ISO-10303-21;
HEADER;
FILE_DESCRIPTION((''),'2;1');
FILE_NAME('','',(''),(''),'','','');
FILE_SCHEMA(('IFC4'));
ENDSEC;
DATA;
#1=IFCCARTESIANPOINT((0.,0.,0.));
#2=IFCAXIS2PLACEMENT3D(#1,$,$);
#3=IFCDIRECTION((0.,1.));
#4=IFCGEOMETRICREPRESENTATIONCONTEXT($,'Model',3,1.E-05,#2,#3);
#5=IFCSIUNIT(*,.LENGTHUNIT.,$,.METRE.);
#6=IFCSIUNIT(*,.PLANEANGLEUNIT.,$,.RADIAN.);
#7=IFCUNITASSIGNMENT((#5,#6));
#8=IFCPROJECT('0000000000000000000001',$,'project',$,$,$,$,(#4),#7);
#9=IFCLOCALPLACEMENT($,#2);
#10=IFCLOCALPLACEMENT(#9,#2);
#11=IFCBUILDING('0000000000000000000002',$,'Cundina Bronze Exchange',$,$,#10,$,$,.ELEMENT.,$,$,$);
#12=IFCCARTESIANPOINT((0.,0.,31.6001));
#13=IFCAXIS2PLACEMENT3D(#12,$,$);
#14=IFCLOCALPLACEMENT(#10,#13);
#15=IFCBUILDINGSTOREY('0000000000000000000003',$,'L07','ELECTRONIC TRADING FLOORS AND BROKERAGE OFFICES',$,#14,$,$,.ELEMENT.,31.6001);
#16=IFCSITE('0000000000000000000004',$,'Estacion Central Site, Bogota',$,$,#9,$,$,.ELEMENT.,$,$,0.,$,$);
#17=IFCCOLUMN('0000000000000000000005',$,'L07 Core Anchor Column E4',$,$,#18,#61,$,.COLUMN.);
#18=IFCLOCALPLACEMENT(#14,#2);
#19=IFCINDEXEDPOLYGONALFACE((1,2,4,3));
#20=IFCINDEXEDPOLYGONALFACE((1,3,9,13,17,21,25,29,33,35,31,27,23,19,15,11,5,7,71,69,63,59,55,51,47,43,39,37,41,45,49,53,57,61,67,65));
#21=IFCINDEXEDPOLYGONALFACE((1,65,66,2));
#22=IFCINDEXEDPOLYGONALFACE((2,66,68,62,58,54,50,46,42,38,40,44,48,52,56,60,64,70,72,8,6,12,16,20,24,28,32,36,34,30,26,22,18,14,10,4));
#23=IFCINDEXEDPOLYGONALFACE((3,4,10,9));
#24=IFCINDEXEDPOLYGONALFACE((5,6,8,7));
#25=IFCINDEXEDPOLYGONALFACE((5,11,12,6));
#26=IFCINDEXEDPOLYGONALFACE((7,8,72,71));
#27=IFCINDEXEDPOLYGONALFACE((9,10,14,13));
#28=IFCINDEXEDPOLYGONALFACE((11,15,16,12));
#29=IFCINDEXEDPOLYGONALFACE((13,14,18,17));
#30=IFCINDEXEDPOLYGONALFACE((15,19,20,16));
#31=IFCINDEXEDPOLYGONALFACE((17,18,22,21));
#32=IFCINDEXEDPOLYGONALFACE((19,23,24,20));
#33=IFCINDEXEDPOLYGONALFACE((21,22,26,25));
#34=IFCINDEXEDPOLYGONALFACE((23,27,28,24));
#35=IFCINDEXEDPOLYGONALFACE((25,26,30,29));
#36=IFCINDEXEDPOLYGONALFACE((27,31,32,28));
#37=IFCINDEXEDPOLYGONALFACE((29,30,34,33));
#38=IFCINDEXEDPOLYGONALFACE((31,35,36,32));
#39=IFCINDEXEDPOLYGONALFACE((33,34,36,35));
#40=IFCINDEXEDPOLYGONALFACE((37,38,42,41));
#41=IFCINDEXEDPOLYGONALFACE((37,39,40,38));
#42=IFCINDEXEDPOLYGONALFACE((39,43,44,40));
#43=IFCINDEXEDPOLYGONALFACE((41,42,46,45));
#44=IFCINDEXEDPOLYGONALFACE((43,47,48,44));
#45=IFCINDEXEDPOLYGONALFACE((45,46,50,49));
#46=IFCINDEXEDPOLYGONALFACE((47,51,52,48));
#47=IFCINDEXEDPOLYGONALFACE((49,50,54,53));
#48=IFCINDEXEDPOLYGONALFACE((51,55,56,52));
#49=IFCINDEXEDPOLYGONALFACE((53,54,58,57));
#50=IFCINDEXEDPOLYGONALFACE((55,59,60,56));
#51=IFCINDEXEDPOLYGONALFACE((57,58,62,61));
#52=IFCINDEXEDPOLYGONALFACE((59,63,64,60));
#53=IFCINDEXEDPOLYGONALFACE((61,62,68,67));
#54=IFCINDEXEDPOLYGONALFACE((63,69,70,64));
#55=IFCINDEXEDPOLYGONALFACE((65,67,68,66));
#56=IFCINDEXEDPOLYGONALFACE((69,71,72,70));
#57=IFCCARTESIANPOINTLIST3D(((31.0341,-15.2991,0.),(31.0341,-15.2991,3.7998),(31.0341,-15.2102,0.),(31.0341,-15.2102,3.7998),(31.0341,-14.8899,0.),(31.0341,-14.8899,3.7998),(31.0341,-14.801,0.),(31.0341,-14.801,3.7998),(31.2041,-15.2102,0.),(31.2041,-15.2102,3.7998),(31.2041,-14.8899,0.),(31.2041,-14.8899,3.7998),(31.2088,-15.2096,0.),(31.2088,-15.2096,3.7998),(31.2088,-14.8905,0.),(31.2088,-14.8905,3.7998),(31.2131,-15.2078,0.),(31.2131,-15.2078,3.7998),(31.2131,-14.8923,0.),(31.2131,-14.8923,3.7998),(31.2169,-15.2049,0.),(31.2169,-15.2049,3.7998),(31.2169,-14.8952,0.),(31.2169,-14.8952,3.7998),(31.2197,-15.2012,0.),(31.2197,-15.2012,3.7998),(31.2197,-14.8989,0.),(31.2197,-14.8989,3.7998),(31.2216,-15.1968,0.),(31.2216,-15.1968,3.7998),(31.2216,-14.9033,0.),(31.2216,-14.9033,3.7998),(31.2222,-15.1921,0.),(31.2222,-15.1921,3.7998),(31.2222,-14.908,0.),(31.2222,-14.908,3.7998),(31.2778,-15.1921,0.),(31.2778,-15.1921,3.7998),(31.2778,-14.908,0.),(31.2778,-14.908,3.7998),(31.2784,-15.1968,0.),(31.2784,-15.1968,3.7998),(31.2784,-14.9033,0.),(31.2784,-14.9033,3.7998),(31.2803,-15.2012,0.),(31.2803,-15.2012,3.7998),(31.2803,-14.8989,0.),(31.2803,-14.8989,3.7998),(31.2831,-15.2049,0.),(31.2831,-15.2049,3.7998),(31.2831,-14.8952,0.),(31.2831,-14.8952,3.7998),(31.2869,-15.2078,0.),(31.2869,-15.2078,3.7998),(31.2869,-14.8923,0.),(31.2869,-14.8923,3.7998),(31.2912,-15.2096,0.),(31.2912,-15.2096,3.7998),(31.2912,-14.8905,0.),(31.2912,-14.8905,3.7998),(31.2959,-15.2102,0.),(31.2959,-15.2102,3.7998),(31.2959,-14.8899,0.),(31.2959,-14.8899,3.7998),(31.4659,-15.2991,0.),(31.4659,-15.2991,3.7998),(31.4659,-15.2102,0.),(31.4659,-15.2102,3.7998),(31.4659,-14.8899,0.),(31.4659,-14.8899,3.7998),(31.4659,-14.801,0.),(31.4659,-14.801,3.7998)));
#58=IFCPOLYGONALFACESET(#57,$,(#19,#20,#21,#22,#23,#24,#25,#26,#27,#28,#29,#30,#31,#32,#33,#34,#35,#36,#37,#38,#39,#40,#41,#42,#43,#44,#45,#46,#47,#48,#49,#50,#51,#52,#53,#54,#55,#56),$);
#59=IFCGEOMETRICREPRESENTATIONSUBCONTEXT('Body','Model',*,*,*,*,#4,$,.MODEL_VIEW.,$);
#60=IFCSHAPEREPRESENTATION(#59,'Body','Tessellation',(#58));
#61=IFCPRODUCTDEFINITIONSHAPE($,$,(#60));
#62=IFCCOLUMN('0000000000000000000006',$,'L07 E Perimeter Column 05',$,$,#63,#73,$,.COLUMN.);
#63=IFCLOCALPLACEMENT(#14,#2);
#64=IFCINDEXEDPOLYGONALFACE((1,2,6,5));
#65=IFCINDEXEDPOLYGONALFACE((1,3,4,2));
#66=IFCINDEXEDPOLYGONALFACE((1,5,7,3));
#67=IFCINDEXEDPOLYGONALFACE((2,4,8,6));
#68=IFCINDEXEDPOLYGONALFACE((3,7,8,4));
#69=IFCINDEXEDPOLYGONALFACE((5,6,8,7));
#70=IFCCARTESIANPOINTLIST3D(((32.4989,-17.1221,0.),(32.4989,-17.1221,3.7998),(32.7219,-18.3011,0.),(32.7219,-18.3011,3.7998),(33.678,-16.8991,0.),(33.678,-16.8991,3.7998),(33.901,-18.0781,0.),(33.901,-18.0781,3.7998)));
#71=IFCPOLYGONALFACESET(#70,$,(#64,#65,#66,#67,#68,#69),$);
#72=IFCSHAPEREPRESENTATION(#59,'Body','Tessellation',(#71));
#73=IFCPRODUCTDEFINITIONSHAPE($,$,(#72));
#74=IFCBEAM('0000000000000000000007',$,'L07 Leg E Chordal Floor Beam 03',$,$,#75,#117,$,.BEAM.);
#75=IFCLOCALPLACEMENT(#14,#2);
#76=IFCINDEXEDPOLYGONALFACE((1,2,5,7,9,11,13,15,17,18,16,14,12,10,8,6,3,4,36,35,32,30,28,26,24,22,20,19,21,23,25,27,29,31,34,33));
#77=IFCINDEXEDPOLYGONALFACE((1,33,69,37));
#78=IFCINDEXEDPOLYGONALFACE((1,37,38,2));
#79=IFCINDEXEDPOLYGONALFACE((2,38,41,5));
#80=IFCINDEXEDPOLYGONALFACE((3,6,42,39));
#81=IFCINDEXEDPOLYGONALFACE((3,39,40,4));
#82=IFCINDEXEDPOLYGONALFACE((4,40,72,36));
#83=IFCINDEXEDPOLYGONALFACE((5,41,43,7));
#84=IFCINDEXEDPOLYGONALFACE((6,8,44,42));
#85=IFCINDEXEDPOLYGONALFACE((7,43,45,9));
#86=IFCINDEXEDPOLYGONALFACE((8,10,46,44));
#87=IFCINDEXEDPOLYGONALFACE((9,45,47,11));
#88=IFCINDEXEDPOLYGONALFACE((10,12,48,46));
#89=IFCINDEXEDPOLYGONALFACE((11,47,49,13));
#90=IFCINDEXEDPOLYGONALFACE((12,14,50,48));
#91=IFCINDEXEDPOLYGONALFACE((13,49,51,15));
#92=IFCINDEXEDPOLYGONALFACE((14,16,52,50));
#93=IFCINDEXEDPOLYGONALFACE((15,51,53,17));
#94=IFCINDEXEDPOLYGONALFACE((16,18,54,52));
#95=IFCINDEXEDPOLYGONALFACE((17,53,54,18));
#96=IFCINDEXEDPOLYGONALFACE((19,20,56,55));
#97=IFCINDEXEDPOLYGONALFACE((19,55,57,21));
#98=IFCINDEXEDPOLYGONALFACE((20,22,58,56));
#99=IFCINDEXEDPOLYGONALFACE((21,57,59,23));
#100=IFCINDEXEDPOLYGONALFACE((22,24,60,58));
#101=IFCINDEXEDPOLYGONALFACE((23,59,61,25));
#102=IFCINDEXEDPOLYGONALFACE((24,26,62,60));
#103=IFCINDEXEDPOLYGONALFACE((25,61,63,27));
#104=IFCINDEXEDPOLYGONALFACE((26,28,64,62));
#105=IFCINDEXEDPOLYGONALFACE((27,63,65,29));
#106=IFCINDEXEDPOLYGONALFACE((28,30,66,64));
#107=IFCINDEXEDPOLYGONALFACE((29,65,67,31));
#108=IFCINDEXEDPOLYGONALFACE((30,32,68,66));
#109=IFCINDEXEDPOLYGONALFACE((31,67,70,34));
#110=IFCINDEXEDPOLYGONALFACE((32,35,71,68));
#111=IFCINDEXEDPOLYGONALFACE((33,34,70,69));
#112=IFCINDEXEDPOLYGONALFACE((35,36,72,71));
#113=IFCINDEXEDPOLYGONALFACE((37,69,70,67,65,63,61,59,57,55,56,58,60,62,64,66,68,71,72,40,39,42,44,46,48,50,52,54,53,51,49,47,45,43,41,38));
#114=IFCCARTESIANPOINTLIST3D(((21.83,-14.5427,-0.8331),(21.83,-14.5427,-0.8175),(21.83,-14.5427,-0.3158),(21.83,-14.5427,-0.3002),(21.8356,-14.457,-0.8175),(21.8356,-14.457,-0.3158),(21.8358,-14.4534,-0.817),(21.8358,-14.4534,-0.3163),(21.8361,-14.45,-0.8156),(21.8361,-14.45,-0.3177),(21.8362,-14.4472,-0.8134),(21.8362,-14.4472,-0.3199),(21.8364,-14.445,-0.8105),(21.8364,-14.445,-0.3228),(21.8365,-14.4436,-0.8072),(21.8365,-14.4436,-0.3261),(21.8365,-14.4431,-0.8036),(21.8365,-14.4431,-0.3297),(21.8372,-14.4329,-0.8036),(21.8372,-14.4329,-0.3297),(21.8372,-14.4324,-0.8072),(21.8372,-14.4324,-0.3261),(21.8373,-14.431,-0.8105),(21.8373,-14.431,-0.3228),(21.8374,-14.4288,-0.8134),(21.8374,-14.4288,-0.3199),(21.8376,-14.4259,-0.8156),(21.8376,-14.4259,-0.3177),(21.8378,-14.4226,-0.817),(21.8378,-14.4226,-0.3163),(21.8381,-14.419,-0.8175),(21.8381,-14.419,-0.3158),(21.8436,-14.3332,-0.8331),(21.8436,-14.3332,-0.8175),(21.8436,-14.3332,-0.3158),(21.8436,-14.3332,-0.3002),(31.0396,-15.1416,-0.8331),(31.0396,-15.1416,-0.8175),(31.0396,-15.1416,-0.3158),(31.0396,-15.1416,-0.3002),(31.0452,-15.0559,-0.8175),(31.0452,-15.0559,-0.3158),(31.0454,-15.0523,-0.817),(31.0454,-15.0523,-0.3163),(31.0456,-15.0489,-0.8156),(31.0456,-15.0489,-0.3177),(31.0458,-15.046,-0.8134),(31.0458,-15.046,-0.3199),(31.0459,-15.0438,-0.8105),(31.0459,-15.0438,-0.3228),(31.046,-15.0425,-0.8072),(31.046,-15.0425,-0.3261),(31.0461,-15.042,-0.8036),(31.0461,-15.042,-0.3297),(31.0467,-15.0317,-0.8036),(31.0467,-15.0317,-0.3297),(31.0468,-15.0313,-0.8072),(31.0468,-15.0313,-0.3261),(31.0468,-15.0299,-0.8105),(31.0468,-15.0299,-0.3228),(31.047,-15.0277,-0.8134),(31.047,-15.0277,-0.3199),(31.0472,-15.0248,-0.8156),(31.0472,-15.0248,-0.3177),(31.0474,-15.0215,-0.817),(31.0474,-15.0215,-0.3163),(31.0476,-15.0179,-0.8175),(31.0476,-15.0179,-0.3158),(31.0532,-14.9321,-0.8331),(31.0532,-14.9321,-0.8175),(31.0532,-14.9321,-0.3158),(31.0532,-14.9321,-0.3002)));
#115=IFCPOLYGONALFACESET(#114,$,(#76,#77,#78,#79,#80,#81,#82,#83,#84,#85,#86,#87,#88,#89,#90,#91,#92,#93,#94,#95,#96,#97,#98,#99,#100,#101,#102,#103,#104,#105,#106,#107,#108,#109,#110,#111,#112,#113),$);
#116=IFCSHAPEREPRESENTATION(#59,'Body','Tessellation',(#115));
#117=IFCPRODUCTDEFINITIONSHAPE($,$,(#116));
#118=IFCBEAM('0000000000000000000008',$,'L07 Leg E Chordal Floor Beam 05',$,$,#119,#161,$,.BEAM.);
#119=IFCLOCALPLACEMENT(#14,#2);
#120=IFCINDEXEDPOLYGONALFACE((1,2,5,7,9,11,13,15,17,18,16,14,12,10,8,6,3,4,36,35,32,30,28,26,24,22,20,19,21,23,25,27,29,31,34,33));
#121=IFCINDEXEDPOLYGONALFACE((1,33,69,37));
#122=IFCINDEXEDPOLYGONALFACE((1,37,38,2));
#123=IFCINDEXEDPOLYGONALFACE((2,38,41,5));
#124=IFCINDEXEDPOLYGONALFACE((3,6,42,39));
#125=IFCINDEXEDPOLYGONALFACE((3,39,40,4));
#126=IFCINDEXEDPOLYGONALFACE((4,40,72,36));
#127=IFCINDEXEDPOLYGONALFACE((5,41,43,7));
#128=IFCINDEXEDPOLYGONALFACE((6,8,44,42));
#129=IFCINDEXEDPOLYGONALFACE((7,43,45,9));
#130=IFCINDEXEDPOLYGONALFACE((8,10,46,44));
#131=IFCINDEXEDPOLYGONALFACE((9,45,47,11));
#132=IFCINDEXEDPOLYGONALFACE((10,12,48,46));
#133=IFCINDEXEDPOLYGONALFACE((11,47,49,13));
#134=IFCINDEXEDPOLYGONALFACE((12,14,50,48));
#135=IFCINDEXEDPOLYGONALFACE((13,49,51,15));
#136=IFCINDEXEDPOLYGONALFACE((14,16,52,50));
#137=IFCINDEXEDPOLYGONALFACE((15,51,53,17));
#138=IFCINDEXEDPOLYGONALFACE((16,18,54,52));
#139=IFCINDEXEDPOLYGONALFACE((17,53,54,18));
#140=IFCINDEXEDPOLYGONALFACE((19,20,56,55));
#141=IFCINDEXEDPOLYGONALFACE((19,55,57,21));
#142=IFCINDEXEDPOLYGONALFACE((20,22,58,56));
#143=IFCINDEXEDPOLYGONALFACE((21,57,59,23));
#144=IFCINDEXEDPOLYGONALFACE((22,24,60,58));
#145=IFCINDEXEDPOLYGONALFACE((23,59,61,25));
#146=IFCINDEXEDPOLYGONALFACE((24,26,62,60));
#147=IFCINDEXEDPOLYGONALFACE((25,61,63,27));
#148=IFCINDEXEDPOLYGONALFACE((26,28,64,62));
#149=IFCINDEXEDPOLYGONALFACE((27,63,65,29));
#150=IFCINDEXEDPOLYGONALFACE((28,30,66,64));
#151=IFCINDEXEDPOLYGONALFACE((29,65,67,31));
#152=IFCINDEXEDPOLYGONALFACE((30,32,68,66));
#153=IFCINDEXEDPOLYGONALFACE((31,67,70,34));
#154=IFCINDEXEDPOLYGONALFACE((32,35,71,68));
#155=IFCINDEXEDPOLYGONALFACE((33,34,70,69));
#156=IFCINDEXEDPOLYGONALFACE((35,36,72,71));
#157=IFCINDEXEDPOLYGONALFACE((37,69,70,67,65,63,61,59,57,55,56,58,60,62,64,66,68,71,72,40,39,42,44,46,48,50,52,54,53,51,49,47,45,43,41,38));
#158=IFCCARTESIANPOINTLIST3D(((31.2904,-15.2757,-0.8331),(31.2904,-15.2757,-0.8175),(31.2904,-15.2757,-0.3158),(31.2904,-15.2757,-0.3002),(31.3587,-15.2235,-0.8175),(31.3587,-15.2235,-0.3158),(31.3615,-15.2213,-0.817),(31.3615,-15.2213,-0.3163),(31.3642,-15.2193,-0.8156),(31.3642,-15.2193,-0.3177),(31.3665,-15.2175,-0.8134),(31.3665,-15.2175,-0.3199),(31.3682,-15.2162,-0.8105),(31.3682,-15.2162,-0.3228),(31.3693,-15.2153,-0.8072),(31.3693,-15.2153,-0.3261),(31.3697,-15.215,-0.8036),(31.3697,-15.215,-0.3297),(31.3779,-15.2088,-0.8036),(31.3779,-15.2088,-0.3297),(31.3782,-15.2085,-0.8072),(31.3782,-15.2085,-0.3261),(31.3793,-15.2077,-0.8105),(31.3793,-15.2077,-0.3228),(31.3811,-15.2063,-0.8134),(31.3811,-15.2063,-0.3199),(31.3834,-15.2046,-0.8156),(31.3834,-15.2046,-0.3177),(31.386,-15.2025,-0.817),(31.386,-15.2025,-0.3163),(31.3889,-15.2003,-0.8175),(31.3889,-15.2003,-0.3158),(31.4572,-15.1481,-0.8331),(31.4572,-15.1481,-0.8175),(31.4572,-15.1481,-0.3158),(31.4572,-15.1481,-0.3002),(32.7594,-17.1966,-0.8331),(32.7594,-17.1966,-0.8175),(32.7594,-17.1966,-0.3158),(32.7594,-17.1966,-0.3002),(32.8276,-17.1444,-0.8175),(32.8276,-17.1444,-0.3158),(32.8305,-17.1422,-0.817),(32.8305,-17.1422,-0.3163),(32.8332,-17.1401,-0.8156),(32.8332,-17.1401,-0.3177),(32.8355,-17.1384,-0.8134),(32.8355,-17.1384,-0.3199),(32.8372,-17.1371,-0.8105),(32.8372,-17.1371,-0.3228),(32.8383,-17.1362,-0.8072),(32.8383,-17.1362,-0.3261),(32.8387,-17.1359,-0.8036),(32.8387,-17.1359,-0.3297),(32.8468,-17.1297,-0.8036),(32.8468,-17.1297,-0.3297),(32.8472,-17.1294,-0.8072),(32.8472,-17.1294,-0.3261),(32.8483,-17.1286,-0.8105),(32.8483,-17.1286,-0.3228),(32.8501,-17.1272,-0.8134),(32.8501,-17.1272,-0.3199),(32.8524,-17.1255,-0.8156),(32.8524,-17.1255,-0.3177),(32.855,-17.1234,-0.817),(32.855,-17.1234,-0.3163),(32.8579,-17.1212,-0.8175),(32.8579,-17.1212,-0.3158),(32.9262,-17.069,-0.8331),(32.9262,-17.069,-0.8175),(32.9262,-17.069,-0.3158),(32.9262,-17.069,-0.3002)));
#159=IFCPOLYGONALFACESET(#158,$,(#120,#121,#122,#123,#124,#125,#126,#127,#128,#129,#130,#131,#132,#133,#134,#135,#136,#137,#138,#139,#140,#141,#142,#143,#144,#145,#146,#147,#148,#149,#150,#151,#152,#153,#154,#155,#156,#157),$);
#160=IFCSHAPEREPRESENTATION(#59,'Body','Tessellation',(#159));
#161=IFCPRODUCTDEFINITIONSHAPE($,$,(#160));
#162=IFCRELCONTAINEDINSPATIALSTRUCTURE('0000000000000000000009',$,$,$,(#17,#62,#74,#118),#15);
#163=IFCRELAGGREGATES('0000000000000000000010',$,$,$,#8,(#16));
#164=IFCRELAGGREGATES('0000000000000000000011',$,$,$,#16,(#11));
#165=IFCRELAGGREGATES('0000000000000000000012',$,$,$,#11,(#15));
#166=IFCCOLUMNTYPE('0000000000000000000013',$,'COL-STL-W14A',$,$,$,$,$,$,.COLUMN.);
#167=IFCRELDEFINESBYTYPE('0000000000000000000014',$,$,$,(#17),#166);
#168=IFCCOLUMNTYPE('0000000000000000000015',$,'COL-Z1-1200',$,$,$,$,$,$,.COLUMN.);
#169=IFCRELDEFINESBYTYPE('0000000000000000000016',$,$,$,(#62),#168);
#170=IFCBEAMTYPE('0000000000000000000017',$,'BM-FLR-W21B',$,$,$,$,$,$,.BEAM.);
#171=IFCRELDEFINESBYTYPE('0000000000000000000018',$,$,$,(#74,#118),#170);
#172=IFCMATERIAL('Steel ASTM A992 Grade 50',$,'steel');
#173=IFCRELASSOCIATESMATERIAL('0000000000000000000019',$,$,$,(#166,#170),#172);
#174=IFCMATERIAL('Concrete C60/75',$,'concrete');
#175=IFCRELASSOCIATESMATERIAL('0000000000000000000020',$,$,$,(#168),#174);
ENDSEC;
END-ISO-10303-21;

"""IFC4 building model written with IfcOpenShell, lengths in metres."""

from ifc_helpers import new_model, si_unit, direction, frame, origin, origin_2d, place, context, subcontext, project, spatial, rectangle, i_section, extrude, material, material_profile, profile_set, type_object, element, save


model = new_model("IFC4")

# Units and contexts
model_context = context("Model", 3, precision=1e-05, world=origin(), true_north=direction((0.0, 1.0)))
body_context = subcontext(model_context, "Body", "Model", "MODEL_VIEW")
ifc_project = project(units=[si_unit("LENGTHUNIT", "METRE"), si_unit("PLANEANGLEUNIT", "RADIAN")], contexts=[model_context])

# Site, building, storey
site_placement = place(None, origin())
site = spatial("IfcSite", under=ifc_project, at=site_placement, Name="Estacion Central Site, Bogota", CompositionType="ELEMENT", RefElevation=0.0)
building_placement = place(site_placement, origin())
building = spatial("IfcBuilding", under=site, at=building_placement, Name="Cundina Bronze Exchange", CompositionType="ELEMENT")
storey_placement = place(building_placement, frame((0.0, 0.0, 31.6001)))
storey = spatial("IfcBuildingStorey", under=building, at=storey_placement, Name="L07", Description="ELECTRONIC TRADING FLOORS AND BROKERAGE OFFICES", CompositionType="ELEMENT", Elevation=31.6001)

# Columns
ifc_material_1 = material(Name="Steel ASTM A992 Grade 50", Category="steel")
ifc_material_profile_1 = material_profile(ifc_material_1, i_section(OverallWidth=0.4319, OverallDepth=0.498, WebThickness=0.0557, FlangeThickness=0.0889, FilletRadius=0.0181, at=origin_2d()), Name="W14X500", Category="steel")
ifc_profile_set_1 = profile_set([ifc_material_profile_1], Name="Steel ASTM A992 Grade 50")
column_type_1 = type_object("IfcColumnType", Name="COL-STL-W14A", PredefinedType="COLUMN", material=ifc_profile_set_1)
column_1_placement = place(storey_placement, frame((31.25, -15.05, 0.0), z_axis=(0.0, 0.0, 1.0), x_axis=(1.0, 0.0, 0.0)))
element("IfcColumn", 1, at=column_1_placement, inside=storey, type_object=column_type_1, Name="L07 Core Anchor Column E4", PredefinedType="COLUMN", context=body_context, shape_type="SweptSolid", body=[
    extrude(i_section(OverallWidth=0.4319, OverallDepth=0.498, WebThickness=0.0557, FlangeThickness=0.0889, FilletRadius=0.0181, at=origin_2d()), origin(), (0.0, 0.0, 1.0), 3.7998),
])
ifc_material_2 = material(Name="Concrete C60/75", Category="concrete")
ifc_material_profile_2 = material_profile(ifc_material_2, rectangle(XDim=1.2, YDim=1.2, at=origin_2d()), Name="RC1200X1200", Category="concrete")
ifc_profile_set_2 = profile_set([ifc_material_profile_2], Name="Concrete C60/75")
column_type_2 = type_object("IfcColumnType", Name="COL-Z1-1200", PredefinedType="COLUMN", material=ifc_profile_set_2)
column_2_placement = place(storey_placement, frame((33.2, -17.6001, 0.0), z_axis=(0.0, 0.0, 1.0), x_axis=(0.98258, 0.185838, 0.0)))
element("IfcColumn", 2, at=column_2_placement, inside=storey, type_object=column_type_2, Name="L07 E Perimeter Column 05", PredefinedType="COLUMN", context=body_context, shape_type="SweptSolid", body=[
    extrude(rectangle(XDim=1.2, YDim=1.2, at=origin_2d()), origin(), (0.0, 0.0, 1.0), 3.7998),
])

# Beams
ifc_material_profile_3 = material_profile(ifc_material_1, i_section(OverallWidth=0.21, OverallDepth=0.533, WebThickness=0.0103, FlangeThickness=0.0156, FilletRadius=0.0139, at=origin_2d()), Name="W21X62", Category="steel")
ifc_profile_set_3 = profile_set([ifc_material_profile_3], Name="Steel ASTM A992 Grade 50")
beam_type_1 = type_object("IfcBeamType", Name="BM-FLR-W21B", PredefinedType="BEAM", material=ifc_profile_set_3)
beam_1_placement = place(storey_placement, frame((31.0464, -15.0369, -0.5667), z_axis=(-0.997892, 0.064891, 0.0), x_axis=(-0.064891, -0.997892, 0.0)))
element("IfcBeam", 3, at=beam_1_placement, inside=storey, type_object=beam_type_1, Name="L07 Leg E Chordal Floor Beam 03", PredefinedType="BEAM", context=body_context, shape_type="SweptSolid", body=[
    extrude(i_section(OverallWidth=0.21, OverallDepth=0.533, WebThickness=0.0103, FlangeThickness=0.0156, FilletRadius=0.0139, at=origin_2d()), origin(), (0.0, 0.0, 1.0), 9.229),
])
beam_2_placement = place(storey_placement, frame((31.3738, -15.2119, -0.5667), z_axis=(0.607469, -0.794344, 0.0), x_axis=(0.794344, 0.607469, 0.0)))
element("IfcBeam", 4, at=beam_2_placement, inside=storey, type_object=beam_type_1, Name="L07 Leg E Chordal Floor Beam 05", PredefinedType="BEAM", context=body_context, shape_type="SweptSolid", body=[
    extrude(i_section(OverallWidth=0.21, OverallDepth=0.533, WebThickness=0.0103, FlangeThickness=0.0156, FilletRadius=0.0139, at=origin_2d()), origin(), (0.0, 0.0, 1.0), 2.4182),
])

save(model, "model.ifc")
